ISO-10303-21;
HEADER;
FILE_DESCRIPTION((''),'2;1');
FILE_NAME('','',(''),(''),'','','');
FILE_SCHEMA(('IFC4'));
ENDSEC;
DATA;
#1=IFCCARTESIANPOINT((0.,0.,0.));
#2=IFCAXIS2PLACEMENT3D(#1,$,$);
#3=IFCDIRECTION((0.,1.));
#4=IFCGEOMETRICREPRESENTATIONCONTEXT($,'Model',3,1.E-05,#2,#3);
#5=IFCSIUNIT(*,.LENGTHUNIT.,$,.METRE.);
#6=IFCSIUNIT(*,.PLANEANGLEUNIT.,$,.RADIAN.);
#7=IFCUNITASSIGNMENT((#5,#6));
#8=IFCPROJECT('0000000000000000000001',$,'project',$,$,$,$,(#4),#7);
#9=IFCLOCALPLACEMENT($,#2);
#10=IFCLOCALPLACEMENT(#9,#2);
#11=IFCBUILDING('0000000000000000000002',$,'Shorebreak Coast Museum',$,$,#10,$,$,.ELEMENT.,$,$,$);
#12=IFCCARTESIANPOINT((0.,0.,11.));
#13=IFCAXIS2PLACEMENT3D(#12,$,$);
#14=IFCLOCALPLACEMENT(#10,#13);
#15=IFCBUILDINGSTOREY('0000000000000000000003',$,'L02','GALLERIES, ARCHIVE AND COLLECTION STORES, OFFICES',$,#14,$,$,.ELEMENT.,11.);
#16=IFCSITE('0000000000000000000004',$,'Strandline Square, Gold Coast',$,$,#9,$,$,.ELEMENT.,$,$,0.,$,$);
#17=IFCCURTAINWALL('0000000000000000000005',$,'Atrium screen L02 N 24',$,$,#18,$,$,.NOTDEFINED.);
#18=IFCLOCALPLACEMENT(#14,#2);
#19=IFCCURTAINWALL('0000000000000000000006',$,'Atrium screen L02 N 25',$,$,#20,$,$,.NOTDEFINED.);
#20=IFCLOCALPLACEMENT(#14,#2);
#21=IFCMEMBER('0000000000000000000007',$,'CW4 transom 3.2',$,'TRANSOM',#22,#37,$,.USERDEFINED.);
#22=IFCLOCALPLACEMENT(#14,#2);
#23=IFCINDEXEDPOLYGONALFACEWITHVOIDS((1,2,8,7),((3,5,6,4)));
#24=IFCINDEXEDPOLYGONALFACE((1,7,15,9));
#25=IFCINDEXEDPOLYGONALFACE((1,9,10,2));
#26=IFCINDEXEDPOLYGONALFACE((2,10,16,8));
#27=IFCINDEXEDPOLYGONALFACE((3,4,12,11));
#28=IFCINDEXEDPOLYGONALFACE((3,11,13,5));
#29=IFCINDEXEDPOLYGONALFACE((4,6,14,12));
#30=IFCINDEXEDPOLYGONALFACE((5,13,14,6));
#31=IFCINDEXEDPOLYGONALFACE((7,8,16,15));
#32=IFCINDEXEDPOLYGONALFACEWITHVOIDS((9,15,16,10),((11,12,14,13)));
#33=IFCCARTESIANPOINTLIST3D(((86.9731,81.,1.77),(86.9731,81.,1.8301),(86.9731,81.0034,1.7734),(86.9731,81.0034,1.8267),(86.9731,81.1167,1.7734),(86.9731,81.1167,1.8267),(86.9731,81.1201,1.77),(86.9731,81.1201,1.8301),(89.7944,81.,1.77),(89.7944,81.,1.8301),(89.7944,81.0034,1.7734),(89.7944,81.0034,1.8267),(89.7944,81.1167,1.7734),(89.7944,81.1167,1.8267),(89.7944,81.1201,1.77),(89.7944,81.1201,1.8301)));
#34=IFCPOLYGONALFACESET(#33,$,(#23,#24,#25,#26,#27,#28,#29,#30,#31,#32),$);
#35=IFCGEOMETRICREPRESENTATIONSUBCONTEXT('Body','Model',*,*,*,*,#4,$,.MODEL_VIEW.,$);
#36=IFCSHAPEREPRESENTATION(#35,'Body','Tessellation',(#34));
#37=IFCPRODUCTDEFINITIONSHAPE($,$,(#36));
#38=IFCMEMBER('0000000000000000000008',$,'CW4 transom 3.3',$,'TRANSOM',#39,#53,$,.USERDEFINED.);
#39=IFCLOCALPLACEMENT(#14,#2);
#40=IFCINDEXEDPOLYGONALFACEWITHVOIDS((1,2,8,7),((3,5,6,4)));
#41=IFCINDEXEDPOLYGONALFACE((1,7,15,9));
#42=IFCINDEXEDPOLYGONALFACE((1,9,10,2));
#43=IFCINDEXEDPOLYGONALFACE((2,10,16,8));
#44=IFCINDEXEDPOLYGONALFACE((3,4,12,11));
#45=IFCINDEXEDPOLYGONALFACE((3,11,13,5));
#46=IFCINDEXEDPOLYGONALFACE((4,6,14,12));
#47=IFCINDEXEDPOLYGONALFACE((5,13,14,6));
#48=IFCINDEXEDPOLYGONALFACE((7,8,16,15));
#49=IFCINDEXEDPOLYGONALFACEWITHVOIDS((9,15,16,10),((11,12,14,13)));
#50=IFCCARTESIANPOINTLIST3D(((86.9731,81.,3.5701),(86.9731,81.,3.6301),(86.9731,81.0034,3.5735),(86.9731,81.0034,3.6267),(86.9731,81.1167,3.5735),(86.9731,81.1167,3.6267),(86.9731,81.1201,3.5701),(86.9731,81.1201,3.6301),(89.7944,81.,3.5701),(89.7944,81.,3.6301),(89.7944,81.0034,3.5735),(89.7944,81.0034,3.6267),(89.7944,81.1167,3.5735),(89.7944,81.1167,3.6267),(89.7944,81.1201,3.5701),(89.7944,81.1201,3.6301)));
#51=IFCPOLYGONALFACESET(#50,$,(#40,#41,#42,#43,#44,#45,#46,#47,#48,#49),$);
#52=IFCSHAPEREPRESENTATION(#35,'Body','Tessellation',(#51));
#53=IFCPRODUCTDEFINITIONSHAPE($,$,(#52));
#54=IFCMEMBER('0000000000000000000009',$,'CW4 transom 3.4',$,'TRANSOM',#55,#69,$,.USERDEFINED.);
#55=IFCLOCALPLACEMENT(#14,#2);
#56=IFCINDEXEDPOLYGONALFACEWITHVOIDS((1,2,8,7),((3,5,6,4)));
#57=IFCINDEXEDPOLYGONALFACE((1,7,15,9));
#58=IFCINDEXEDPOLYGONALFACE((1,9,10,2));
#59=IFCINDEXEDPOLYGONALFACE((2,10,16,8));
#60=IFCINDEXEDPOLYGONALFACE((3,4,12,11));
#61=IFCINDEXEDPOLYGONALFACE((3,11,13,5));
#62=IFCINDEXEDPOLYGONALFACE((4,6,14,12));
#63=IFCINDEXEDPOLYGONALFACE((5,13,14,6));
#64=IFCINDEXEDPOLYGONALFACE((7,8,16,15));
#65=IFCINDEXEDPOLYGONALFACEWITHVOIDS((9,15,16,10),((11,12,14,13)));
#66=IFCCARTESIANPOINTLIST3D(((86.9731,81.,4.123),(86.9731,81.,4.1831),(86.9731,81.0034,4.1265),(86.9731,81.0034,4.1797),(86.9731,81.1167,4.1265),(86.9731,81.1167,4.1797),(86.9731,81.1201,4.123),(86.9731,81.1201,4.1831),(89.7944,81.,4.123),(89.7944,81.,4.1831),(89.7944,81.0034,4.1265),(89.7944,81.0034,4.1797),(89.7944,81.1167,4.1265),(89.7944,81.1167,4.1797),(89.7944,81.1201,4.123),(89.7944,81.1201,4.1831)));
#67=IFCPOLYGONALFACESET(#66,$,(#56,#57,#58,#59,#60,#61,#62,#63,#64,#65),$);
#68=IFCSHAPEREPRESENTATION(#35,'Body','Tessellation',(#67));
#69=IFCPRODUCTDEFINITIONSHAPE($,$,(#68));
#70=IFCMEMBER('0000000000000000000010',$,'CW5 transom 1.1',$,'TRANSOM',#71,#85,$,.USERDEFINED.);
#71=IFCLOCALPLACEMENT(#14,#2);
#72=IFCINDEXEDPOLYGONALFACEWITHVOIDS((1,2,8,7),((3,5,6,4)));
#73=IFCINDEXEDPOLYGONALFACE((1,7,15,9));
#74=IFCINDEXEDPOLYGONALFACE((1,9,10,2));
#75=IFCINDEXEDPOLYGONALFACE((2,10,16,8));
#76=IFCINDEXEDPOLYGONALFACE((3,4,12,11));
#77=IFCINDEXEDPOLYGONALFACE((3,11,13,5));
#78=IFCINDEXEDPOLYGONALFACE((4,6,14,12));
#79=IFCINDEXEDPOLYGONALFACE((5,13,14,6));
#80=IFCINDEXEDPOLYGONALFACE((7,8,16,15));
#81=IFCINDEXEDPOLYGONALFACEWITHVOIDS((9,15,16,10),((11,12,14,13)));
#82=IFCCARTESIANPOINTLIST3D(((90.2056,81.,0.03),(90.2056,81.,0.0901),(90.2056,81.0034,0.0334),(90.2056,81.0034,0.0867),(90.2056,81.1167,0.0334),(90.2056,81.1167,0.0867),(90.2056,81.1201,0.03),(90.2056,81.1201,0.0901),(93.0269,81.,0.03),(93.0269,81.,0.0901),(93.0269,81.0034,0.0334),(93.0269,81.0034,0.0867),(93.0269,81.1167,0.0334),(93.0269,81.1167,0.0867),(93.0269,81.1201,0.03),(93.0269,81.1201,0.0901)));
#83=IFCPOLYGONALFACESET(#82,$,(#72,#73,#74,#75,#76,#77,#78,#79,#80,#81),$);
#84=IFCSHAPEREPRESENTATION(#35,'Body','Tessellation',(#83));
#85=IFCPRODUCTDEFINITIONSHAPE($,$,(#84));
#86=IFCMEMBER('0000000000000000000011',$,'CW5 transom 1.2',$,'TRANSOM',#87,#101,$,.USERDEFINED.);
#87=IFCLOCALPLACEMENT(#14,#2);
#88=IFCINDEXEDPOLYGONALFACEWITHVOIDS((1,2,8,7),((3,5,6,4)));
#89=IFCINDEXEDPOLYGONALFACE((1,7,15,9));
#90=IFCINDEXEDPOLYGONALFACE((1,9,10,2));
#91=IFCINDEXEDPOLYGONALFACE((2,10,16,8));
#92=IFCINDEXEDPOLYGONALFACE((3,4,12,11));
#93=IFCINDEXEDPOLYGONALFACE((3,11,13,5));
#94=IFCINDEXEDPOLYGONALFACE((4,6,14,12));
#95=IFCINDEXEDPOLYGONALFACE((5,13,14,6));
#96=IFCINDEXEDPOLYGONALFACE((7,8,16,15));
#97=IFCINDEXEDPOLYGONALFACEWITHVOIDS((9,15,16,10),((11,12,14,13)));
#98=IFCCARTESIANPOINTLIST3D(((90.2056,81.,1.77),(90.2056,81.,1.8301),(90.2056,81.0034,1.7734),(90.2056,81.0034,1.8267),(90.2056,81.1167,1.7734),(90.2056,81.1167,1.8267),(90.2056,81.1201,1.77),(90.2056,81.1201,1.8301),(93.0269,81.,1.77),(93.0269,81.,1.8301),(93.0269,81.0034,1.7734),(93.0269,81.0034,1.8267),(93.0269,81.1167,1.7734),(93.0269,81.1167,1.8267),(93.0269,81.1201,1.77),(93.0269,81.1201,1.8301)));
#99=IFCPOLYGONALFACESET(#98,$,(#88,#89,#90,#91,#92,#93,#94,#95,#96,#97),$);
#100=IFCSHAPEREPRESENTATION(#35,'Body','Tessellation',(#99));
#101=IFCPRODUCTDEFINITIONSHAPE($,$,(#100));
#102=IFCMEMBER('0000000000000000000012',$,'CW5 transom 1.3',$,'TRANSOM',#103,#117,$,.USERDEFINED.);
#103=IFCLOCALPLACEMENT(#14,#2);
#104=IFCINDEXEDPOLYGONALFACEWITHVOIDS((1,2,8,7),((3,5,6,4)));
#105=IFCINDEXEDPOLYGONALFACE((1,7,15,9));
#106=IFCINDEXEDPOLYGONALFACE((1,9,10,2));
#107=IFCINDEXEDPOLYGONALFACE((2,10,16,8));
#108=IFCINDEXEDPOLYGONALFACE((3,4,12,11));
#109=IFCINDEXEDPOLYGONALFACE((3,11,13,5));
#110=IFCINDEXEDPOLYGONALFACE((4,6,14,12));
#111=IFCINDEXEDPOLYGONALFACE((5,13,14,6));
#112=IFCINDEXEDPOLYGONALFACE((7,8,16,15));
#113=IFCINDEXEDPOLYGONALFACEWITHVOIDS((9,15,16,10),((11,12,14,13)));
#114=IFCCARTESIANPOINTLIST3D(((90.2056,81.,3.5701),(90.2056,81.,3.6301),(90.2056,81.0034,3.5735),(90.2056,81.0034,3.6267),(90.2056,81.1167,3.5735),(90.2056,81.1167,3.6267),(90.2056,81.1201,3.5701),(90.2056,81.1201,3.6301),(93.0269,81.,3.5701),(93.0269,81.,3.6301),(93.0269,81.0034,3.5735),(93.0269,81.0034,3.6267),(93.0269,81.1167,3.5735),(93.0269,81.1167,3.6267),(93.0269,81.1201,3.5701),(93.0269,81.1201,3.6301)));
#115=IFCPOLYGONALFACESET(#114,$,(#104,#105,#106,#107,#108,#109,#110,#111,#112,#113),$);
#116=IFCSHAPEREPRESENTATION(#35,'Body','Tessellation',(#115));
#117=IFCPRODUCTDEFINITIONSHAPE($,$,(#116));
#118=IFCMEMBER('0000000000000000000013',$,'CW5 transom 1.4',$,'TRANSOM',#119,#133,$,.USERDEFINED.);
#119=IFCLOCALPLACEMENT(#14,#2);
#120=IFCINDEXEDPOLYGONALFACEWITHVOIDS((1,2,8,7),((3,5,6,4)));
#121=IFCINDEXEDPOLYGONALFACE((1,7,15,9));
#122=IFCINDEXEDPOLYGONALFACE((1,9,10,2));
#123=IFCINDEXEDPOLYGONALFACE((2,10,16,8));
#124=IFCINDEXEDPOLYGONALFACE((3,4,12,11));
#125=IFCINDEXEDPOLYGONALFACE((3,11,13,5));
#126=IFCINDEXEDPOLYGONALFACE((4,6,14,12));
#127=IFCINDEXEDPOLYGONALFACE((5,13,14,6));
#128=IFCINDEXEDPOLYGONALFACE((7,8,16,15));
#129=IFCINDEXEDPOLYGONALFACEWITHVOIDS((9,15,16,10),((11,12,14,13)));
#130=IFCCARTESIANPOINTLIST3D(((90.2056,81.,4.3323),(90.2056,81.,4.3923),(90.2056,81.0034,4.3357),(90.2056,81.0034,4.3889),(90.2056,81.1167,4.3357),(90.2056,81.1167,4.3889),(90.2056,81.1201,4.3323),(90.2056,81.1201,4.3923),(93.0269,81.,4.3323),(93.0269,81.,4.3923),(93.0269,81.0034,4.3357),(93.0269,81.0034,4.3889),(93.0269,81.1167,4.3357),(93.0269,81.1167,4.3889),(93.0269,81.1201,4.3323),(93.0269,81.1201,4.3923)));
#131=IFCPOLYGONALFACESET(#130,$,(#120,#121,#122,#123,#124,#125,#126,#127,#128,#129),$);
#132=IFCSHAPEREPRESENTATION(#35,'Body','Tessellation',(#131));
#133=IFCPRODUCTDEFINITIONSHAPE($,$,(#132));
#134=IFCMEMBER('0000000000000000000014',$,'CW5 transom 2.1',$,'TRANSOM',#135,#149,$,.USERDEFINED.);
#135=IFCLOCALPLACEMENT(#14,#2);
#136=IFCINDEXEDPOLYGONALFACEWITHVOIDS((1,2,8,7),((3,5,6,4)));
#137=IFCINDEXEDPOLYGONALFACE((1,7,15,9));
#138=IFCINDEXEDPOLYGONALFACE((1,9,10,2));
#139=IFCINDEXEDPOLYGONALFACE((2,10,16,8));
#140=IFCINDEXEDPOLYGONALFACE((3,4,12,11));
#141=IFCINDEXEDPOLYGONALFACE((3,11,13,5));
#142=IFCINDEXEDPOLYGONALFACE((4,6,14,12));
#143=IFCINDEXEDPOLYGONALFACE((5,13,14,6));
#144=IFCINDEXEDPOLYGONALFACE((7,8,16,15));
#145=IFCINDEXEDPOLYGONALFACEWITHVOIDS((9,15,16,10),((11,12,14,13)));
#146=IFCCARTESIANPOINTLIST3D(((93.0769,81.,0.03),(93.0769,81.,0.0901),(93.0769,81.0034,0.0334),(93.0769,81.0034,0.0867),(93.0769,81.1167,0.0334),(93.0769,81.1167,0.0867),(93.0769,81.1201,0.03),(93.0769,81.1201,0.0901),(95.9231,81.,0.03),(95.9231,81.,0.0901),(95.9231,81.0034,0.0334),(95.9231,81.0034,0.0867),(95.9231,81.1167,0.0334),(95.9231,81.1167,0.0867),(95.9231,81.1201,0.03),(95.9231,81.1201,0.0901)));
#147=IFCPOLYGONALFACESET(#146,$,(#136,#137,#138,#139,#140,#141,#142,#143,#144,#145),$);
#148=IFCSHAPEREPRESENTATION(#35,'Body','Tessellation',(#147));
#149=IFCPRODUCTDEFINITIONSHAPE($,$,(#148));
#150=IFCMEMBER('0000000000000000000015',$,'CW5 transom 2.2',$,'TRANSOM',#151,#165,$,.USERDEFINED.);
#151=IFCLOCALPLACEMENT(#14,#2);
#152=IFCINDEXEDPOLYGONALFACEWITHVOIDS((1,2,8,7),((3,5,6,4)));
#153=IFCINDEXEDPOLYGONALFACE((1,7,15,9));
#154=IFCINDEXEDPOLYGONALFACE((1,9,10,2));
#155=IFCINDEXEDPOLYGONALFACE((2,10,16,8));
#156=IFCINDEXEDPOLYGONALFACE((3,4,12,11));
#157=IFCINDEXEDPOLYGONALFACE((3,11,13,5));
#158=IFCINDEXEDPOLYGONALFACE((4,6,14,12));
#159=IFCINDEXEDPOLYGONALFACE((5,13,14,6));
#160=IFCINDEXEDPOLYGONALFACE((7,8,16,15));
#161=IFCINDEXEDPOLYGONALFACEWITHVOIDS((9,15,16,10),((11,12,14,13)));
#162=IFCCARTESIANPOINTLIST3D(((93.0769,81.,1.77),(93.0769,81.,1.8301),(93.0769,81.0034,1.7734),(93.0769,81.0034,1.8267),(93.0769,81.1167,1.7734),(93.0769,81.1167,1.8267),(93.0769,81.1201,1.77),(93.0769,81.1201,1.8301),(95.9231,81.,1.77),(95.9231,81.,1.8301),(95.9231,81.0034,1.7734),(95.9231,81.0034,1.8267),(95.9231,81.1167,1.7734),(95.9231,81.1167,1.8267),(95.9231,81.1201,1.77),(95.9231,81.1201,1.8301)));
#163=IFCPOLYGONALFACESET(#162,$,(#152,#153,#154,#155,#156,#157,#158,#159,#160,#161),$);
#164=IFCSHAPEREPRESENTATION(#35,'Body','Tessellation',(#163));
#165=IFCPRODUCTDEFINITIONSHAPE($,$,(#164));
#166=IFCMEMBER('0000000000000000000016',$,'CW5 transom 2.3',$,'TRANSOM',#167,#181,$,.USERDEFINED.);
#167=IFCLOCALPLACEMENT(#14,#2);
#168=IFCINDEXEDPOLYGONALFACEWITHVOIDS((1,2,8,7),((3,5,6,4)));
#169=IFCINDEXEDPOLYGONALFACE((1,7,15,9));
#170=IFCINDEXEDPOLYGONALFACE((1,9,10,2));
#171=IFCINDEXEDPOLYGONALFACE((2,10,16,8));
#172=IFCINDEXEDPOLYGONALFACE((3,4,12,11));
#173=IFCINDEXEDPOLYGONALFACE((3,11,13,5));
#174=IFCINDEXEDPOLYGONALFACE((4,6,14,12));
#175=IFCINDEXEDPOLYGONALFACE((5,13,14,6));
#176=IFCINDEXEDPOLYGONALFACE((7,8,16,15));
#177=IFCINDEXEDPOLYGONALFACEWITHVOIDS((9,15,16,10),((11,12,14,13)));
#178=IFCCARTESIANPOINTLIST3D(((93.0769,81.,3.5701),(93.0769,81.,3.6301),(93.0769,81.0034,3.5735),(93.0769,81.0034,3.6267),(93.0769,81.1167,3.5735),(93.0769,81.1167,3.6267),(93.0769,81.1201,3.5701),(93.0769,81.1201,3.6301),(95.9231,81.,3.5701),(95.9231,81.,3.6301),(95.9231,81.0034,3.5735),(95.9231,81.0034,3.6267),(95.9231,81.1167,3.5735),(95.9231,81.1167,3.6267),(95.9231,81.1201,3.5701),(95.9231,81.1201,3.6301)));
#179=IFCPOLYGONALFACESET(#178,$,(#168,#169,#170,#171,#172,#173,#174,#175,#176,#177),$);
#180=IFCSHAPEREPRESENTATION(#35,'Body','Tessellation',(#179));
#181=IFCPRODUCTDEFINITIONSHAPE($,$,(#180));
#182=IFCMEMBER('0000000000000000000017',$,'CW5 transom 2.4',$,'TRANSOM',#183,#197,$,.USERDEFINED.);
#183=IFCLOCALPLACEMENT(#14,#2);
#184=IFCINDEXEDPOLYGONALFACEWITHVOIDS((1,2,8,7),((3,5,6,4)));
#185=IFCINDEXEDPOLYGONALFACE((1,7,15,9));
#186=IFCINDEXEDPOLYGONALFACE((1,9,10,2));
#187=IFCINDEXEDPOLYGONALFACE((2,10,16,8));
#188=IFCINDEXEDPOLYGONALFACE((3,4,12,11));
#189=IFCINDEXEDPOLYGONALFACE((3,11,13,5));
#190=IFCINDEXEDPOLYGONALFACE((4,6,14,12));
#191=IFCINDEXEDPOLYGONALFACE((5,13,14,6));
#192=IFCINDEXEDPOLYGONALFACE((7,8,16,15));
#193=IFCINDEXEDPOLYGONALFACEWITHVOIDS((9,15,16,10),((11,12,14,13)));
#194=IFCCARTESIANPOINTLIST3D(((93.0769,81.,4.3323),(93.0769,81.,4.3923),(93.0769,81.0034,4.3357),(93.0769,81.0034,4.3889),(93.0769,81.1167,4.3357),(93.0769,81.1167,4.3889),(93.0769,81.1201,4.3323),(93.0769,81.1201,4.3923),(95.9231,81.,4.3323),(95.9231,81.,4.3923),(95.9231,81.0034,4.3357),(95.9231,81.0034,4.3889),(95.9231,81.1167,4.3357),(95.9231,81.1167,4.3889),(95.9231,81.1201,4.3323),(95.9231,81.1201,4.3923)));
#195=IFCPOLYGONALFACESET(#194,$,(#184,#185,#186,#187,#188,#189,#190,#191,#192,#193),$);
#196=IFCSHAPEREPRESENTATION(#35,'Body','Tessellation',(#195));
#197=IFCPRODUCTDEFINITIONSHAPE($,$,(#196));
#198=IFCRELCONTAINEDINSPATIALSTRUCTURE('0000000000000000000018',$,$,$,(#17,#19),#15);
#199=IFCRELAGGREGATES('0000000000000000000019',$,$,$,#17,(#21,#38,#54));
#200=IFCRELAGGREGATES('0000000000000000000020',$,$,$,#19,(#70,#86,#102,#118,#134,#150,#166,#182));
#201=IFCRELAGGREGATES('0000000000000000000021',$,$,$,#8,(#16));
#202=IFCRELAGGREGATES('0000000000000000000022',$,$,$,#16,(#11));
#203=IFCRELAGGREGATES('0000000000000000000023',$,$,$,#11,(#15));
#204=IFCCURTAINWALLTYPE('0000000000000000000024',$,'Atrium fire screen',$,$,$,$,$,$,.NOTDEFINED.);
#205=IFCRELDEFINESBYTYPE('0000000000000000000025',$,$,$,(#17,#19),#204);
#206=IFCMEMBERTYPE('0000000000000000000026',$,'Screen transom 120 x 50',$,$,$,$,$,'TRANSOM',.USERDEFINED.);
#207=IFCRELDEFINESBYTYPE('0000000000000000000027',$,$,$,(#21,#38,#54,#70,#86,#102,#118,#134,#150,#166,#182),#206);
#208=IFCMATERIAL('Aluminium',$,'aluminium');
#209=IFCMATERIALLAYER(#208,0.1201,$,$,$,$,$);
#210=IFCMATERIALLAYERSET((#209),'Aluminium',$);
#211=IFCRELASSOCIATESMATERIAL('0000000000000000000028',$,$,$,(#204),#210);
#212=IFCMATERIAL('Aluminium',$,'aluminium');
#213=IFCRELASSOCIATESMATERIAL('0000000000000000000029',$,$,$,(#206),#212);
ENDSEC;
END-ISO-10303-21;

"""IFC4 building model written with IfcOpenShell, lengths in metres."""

from ifc_helpers import new_model, si_unit, direction, frame, origin, origin_2d, place, context, subcontext, project, spatial, hollow_rectangle, extrude, material, layer, layer_set, material_profile, profile_set, type_object, element, aggregate, save


model = new_model("IFC4")

# Units and contexts
model_context = context("Model", 3, precision=1e-05, world=origin(), true_north=direction((0.0, 1.0)))
body_context = subcontext(model_context, "Body", "Model", "MODEL_VIEW")
ifc_project = project(units=[si_unit("LENGTHUNIT", "METRE"), si_unit("PLANEANGLEUNIT", "RADIAN")], contexts=[model_context])

# Site, building, storey
site_placement = place(None, origin())
site = spatial("IfcSite", under=ifc_project, at=site_placement, Name="Strandline Square, Gold Coast", CompositionType="ELEMENT", RefElevation=0.0)
building_placement = place(site_placement, origin())
building = spatial("IfcBuilding", under=site, at=building_placement, Name="Shorebreak Coast Museum", CompositionType="ELEMENT")
storey_placement = place(building_placement, frame((0.0, 0.0, 11.0)))
storey = spatial("IfcBuildingStorey", under=building, at=storey_placement, Name="L02", Description="GALLERIES, ARCHIVE AND COLLECTION STORES, OFFICES", CompositionType="ELEMENT", Elevation=11.0)

# Curtain walls
ifc_material_1 = material(Name="Aluminium", Category="aluminium")
ifc_layer_1 = layer(ifc_material_1, 0.1201)
ifc_layer_set_1 = layer_set([ifc_layer_1], Name="Aluminium")
curtain_wall_type = type_object("IfcCurtainWallType", Name="Atrium fire screen", PredefinedType="NOTDEFINED", material=ifc_layer_set_1)
curtain_wall_1_placement = place(storey_placement, origin())
curtain_wall_1 = element("IfcCurtainWall", 1, at=curtain_wall_1_placement, inside=storey, type_object=curtain_wall_type, Name="Atrium screen L02 N 24", PredefinedType="NOTDEFINED")
curtain_wall_2_placement = place(storey_placement, origin())
curtain_wall_2 = element("IfcCurtainWall", 2, at=curtain_wall_2_placement, inside=storey, type_object=curtain_wall_type, Name="Atrium screen L02 N 25", PredefinedType="NOTDEFINED")

# Members
ifc_material_2 = material(Name="Aluminium", Category="aluminium")
ifc_material_profile_1 = material_profile(ifc_material_2, hollow_rectangle(XDim=0.1201, YDim=0.0601, WallThickness=0.0034, at=origin_2d()), Name="AL 60x120 RHS")
ifc_profile_set_1 = profile_set([ifc_material_profile_1], Name="Aluminium")
member_type_1 = type_object("IfcMemberType", Name="Screen transom 120 x 50", ElementType="TRANSOM", PredefinedType="USERDEFINED", material=ifc_profile_set_1)
member_1_placement = place(storey_placement, frame((86.9731, 81.0601, 1.8), z_axis=(1.0, 0.0, 0.0), x_axis=(0.0, 1.0, 0.0)))
member_1 = element("IfcMember", 3, at=member_1_placement, type_object=member_type_1, Name="CW4 transom 3.2", ObjectType="TRANSOM", PredefinedType="USERDEFINED", context=body_context, shape_type="SweptSolid", body=[
    extrude(hollow_rectangle(XDim=0.1201, YDim=0.0601, WallThickness=0.0034, at=origin_2d()), origin(), (0.0, 0.0, 1.0), 2.8213),
])
member_2_placement = place(storey_placement, frame((86.9731, 81.0601, 3.6001), z_axis=(1.0, 0.0, 0.0), x_axis=(0.0, 1.0, 0.0)))
member_2 = element("IfcMember", 4, at=member_2_placement, type_object=member_type_1, Name="CW4 transom 3.3", ObjectType="TRANSOM", PredefinedType="USERDEFINED", context=body_context, shape_type="SweptSolid", body=[
    extrude(hollow_rectangle(XDim=0.1201, YDim=0.0601, WallThickness=0.0034, at=origin_2d()), origin(), (0.0, 0.0, 1.0), 2.8213),
])
member_3_placement = place(storey_placement, frame((86.9731, 81.0601, 4.1531), z_axis=(1.0, 0.0, 0.0), x_axis=(0.0, 1.0, 0.0)))
member_3 = element("IfcMember", 5, at=member_3_placement, type_object=member_type_1, Name="CW4 transom 3.4", ObjectType="TRANSOM", PredefinedType="USERDEFINED", context=body_context, shape_type="SweptSolid", body=[
    extrude(hollow_rectangle(XDim=0.1201, YDim=0.0601, WallThickness=0.0034, at=origin_2d()), origin(), (0.0, 0.0, 1.0), 2.8213),
])
member_4_placement = place(storey_placement, frame((90.2056, 81.0601, 0.0601), z_axis=(1.0, 0.0, 0.0), x_axis=(0.0, 1.0, 0.0)))
member_4 = element("IfcMember", 6, at=member_4_placement, type_object=member_type_1, Name="CW5 transom 1.1", ObjectType="TRANSOM", PredefinedType="USERDEFINED", context=body_context, shape_type="SweptSolid", body=[
    extrude(hollow_rectangle(XDim=0.1201, YDim=0.0601, WallThickness=0.0034, at=origin_2d()), origin(), (0.0, 0.0, 1.0), 2.8213),
])
member_5_placement = place(storey_placement, frame((90.2056, 81.0601, 1.8), z_axis=(1.0, 0.0, 0.0), x_axis=(0.0, 1.0, 0.0)))
member_5 = element("IfcMember", 7, at=member_5_placement, type_object=member_type_1, Name="CW5 transom 1.2", ObjectType="TRANSOM", PredefinedType="USERDEFINED", context=body_context, shape_type="SweptSolid", body=[
    extrude(hollow_rectangle(XDim=0.1201, YDim=0.0601, WallThickness=0.0034, at=origin_2d()), origin(), (0.0, 0.0, 1.0), 2.8213),
])
member_6_placement = place(storey_placement, frame((90.2056, 81.0601, 3.6001), z_axis=(1.0, 0.0, 0.0), x_axis=(0.0, 1.0, 0.0)))
member_6 = element("IfcMember", 8, at=member_6_placement, type_object=member_type_1, Name="CW5 transom 1.3", ObjectType="TRANSOM", PredefinedType="USERDEFINED", context=body_context, shape_type="SweptSolid", body=[
    extrude(hollow_rectangle(XDim=0.1201, YDim=0.0601, WallThickness=0.0034, at=origin_2d()), origin(), (0.0, 0.0, 1.0), 2.8213),
])
member_7_placement = place(storey_placement, frame((90.2056, 81.0601, 4.3623), z_axis=(1.0, 0.0, 0.0), x_axis=(0.0, 1.0, 0.0)))
member_7 = element("IfcMember", 9, at=member_7_placement, type_object=member_type_1, Name="CW5 transom 1.4", ObjectType="TRANSOM", PredefinedType="USERDEFINED", context=body_context, shape_type="SweptSolid", body=[
    extrude(hollow_rectangle(XDim=0.1201, YDim=0.0601, WallThickness=0.0034, at=origin_2d()), origin(), (0.0, 0.0, 1.0), 2.8213),
])
member_8_placement = place(storey_placement, frame((93.0769, 81.0601, 0.0601), z_axis=(1.0, 0.0, 0.0), x_axis=(0.0, 1.0, 0.0)))
member_8 = element("IfcMember", 10, at=member_8_placement, type_object=member_type_1, Name="CW5 transom 2.1", ObjectType="TRANSOM", PredefinedType="USERDEFINED", context=body_context, shape_type="SweptSolid", body=[
    extrude(hollow_rectangle(XDim=0.1201, YDim=0.0601, WallThickness=0.0034, at=origin_2d()), origin(), (0.0, 0.0, 1.0), 2.8462),
])
member_9_placement = place(storey_placement, frame((93.0769, 81.0601, 1.8), z_axis=(1.0, 0.0, 0.0), x_axis=(0.0, 1.0, 0.0)))
member_9 = element("IfcMember", 11, at=member_9_placement, type_object=member_type_1, Name="CW5 transom 2.2", ObjectType="TRANSOM", PredefinedType="USERDEFINED", context=body_context, shape_type="SweptSolid", body=[
    extrude(hollow_rectangle(XDim=0.1201, YDim=0.0601, WallThickness=0.0034, at=origin_2d()), origin(), (0.0, 0.0, 1.0), 2.8462),
])
member_10_placement = place(storey_placement, frame((93.0769, 81.0601, 3.6001), z_axis=(1.0, 0.0, 0.0), x_axis=(0.0, 1.0, 0.0)))
member_10 = element("IfcMember", 12, at=member_10_placement, type_object=member_type_1, Name="CW5 transom 2.3", ObjectType="TRANSOM", PredefinedType="USERDEFINED", context=body_context, shape_type="SweptSolid", body=[
    extrude(hollow_rectangle(XDim=0.1201, YDim=0.0601, WallThickness=0.0034, at=origin_2d()), origin(), (0.0, 0.0, 1.0), 2.8462),
])
member_11_placement = place(storey_placement, frame((93.0769, 81.0601, 4.3623), z_axis=(1.0, 0.0, 0.0), x_axis=(0.0, 1.0, 0.0)))
member_11 = element("IfcMember", 13, at=member_11_placement, type_object=member_type_1, Name="CW5 transom 2.4", ObjectType="TRANSOM", PredefinedType="USERDEFINED", context=body_context, shape_type="SweptSolid", body=[
    extrude(hollow_rectangle(XDim=0.1201, YDim=0.0601, WallThickness=0.0034, at=origin_2d()), origin(), (0.0, 0.0, 1.0), 2.8462),
])

aggregate(curtain_wall_1, [member_1, member_2, member_3])
aggregate(curtain_wall_2, [member_4, member_5, member_6, member_7, member_8, member_9, member_10, member_11])

save(model, "model.ifc")
